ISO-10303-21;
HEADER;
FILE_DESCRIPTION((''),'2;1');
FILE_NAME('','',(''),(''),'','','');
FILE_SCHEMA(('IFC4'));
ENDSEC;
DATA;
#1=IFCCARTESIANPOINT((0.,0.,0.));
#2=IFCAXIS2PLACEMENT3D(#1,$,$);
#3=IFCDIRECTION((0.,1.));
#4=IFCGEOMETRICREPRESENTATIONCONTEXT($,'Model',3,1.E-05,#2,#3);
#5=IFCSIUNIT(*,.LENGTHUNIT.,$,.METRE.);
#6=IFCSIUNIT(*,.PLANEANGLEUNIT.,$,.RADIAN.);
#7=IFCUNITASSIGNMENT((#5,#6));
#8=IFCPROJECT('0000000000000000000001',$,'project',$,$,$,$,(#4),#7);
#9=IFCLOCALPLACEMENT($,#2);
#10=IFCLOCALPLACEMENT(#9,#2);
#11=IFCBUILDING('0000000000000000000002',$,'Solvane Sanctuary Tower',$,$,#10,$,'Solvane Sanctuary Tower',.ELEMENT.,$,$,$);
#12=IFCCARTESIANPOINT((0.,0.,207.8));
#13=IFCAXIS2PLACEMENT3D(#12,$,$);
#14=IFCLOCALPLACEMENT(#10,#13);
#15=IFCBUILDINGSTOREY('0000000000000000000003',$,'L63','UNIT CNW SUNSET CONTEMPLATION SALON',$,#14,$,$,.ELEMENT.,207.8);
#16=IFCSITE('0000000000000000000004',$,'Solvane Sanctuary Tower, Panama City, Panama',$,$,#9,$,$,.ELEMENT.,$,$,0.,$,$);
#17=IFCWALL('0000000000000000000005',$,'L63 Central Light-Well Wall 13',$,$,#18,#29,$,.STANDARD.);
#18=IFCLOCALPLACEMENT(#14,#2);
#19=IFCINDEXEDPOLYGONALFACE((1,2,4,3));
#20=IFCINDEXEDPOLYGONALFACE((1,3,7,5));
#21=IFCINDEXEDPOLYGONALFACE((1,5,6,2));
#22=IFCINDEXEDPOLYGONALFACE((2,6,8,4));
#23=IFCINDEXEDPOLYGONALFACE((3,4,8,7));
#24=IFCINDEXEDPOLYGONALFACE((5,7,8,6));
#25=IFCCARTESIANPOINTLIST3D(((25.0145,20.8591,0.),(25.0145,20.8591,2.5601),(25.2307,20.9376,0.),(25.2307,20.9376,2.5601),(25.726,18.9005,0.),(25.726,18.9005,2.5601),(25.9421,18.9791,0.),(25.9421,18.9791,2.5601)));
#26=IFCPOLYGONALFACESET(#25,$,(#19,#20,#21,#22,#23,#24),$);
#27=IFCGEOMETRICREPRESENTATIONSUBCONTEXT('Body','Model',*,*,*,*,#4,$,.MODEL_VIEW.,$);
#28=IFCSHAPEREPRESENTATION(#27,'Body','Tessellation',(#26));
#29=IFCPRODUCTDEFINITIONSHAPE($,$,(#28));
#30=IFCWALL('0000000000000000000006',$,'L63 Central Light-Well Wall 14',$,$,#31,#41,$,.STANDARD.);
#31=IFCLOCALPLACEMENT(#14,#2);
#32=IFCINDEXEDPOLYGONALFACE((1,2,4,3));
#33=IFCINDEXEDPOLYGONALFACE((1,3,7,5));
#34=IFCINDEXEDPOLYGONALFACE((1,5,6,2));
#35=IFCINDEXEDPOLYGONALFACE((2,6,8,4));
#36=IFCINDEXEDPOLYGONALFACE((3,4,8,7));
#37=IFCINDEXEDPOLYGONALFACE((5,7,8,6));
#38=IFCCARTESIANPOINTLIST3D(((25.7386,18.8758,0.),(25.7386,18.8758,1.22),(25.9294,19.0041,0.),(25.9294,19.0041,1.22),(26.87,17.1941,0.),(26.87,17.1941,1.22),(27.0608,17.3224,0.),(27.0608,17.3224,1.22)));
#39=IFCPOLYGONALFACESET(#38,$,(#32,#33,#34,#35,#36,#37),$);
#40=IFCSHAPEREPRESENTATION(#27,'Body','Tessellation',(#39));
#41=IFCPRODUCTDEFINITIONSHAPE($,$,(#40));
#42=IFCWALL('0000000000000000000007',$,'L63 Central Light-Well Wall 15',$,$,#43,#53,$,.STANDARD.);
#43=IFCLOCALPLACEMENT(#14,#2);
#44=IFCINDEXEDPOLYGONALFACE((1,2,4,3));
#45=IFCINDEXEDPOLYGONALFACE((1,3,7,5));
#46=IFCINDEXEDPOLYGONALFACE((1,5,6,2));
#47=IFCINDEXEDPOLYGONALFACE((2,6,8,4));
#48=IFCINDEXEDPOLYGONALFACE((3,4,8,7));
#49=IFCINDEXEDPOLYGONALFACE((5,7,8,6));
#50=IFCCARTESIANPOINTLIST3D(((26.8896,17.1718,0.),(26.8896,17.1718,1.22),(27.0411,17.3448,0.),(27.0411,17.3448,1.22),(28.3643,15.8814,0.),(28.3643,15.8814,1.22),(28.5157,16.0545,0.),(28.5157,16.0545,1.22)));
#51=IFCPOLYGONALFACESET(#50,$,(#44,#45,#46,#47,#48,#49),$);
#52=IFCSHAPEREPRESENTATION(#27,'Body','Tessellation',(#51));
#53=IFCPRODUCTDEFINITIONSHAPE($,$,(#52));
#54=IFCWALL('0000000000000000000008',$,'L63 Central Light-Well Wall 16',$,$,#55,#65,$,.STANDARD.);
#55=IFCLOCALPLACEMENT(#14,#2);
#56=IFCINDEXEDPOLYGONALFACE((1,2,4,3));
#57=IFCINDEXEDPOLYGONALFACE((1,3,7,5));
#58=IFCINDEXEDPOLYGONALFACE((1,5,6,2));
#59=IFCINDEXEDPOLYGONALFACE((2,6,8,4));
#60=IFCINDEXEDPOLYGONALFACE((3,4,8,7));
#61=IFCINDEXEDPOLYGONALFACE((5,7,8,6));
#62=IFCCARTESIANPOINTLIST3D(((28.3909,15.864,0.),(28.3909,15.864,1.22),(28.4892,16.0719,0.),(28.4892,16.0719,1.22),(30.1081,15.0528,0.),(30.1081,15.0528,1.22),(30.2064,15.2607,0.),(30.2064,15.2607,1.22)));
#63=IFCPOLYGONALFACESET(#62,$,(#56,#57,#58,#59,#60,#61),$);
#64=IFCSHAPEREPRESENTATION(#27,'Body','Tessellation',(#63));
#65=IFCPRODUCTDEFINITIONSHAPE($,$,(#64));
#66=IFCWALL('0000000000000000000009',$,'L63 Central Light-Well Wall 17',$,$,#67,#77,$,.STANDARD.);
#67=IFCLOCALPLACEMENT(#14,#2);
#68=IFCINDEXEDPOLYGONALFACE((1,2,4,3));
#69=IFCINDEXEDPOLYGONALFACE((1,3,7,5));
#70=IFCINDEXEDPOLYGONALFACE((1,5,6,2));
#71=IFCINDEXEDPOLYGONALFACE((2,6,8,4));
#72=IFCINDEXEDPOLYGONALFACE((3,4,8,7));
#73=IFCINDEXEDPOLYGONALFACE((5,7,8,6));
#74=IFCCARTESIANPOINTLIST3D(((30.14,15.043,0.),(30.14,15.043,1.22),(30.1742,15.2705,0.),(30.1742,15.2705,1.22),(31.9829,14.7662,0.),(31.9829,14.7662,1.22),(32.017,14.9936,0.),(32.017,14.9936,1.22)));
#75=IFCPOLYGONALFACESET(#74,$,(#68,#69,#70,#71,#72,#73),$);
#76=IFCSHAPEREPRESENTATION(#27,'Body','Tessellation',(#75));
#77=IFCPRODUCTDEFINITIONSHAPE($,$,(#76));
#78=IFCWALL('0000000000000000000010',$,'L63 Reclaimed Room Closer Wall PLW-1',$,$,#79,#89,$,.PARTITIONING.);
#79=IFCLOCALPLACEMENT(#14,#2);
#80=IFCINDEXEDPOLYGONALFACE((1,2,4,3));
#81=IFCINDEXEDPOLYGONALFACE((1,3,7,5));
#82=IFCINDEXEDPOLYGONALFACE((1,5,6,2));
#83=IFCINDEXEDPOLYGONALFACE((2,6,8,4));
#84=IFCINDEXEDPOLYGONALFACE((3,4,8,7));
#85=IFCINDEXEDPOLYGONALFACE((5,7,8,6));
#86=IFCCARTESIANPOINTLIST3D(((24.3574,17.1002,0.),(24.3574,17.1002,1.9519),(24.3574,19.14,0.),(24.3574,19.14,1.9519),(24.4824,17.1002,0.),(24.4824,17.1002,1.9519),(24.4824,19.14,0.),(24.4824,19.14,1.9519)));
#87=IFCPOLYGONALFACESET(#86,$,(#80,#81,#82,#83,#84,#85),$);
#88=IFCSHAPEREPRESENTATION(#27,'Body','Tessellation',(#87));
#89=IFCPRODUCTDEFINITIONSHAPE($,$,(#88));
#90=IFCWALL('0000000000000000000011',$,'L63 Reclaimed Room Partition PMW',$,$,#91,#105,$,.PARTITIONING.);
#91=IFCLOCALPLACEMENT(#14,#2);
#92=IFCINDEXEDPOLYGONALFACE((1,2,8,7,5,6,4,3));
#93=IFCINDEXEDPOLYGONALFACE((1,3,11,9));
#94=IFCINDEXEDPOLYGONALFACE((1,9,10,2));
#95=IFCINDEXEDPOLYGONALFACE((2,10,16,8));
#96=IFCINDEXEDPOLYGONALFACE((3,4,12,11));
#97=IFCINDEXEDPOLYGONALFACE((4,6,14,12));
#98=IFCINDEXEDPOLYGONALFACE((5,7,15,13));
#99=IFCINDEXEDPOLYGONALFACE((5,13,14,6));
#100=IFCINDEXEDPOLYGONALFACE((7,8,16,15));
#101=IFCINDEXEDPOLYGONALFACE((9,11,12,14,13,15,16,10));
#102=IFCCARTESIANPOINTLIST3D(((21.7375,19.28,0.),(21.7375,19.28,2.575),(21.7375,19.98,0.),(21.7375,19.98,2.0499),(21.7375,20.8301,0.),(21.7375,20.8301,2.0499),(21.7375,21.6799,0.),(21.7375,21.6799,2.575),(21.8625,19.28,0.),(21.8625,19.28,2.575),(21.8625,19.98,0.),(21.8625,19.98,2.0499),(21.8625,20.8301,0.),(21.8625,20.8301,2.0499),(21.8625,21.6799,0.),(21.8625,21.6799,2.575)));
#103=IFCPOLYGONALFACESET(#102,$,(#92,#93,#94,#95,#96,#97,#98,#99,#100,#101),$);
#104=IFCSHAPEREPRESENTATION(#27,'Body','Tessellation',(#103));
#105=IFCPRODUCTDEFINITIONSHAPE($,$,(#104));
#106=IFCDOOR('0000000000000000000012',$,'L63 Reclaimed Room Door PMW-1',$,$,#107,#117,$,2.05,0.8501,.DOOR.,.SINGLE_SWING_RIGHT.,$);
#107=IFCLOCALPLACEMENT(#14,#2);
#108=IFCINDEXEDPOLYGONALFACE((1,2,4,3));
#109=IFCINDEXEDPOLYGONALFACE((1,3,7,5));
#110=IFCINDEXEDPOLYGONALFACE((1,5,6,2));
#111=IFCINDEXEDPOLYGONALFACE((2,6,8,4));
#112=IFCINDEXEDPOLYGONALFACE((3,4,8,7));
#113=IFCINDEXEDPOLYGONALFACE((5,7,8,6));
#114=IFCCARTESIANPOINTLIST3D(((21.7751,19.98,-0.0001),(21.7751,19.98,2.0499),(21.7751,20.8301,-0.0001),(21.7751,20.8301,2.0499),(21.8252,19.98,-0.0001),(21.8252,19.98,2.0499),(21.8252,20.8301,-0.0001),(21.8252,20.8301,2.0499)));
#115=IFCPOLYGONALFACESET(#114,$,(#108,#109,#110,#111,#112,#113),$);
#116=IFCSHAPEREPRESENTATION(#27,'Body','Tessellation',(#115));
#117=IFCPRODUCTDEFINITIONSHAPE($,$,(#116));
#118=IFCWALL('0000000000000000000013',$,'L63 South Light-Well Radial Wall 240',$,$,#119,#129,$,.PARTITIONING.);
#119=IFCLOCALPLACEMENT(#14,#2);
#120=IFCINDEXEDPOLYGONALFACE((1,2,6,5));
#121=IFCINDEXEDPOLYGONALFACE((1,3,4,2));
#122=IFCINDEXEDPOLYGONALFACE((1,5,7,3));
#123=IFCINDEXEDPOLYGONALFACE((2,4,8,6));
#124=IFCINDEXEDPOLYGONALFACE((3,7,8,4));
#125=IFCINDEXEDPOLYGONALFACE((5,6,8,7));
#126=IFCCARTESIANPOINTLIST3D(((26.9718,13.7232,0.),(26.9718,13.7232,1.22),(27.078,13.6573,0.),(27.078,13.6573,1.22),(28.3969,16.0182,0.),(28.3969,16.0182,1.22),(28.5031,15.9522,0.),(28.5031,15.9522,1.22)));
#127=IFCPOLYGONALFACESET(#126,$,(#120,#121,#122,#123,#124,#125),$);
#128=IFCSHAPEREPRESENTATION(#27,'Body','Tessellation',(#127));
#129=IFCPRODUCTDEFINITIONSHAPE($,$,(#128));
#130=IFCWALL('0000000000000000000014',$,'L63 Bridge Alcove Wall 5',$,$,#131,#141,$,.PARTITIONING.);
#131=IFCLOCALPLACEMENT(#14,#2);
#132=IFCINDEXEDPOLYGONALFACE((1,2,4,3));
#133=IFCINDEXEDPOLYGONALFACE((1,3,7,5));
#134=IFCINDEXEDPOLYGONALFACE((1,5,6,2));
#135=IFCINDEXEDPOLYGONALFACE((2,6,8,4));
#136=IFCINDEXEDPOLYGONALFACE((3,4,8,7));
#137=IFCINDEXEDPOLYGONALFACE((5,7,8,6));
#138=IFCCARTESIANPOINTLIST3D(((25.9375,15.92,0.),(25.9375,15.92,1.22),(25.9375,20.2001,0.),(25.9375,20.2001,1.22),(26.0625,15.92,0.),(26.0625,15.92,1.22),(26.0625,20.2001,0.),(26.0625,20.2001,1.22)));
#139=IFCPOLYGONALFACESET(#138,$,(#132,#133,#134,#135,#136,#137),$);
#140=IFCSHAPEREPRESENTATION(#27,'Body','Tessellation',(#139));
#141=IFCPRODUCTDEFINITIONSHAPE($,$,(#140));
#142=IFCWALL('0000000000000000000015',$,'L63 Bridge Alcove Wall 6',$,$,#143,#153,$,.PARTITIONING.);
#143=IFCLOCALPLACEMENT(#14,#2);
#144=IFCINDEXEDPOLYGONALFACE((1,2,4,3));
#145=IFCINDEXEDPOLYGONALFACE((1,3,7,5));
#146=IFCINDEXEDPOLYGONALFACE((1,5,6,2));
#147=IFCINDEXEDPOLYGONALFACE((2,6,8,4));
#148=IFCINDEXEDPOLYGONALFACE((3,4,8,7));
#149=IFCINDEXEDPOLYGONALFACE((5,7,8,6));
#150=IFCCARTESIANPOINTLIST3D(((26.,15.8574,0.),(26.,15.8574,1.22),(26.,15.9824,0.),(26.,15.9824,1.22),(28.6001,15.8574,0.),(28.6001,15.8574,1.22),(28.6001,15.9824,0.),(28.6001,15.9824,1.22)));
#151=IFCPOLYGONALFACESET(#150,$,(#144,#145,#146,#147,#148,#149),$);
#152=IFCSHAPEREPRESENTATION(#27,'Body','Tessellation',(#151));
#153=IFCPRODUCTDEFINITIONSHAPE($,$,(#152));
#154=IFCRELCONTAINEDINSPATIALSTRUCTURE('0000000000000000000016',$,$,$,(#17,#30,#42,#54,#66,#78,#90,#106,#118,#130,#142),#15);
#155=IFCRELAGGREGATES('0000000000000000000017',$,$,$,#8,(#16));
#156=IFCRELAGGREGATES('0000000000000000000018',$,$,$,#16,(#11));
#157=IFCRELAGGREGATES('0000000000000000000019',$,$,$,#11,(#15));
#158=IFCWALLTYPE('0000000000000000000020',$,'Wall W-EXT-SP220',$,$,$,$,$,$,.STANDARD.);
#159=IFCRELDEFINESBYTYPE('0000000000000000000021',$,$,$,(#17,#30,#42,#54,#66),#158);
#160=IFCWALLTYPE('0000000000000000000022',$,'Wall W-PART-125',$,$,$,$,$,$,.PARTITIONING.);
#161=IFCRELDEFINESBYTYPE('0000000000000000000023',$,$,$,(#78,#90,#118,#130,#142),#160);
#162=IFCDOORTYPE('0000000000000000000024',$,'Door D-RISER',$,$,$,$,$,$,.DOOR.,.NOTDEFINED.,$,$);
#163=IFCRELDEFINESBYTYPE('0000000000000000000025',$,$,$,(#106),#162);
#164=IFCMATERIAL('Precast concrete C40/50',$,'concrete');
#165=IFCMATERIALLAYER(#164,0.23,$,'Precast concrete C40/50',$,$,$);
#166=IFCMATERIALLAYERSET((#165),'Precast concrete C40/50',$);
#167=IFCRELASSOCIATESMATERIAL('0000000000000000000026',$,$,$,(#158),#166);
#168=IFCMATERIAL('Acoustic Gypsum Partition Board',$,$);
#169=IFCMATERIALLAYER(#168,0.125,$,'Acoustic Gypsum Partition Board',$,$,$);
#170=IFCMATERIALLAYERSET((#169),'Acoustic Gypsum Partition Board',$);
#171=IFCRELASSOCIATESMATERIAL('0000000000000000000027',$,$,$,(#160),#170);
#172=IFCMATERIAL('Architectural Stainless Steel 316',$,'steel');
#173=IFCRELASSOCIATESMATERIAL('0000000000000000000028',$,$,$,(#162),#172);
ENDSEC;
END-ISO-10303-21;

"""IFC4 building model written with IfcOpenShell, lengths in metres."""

from ifc_helpers import new_model, si_unit, direction, frame, frame_2d, origin, place, context, subcontext, project, spatial, rectangle, extrude, material, layer, layer_set, type_object, element, fill, save


model = new_model("IFC4")

# Units and contexts
model_context = context("Model", 3, precision=1e-05, world=origin(), true_north=direction((0.0, 1.0)))
body_context = subcontext(model_context, "Body", "Model", "MODEL_VIEW")
ifc_project = project(units=[si_unit("LENGTHUNIT", "METRE"), si_unit("PLANEANGLEUNIT", "RADIAN")], contexts=[model_context])

# Site, building, storey
site_placement = place(None, origin())
site = spatial("IfcSite", under=ifc_project, at=site_placement, Name="Solvane Sanctuary Tower, Panama City, Panama", CompositionType="ELEMENT", RefElevation=0.0)
building_placement = place(site_placement, origin())
building = spatial("IfcBuilding", under=site, at=building_placement, Name="Solvane Sanctuary Tower", LongName="Solvane Sanctuary Tower", CompositionType="ELEMENT")
storey_placement = place(building_placement, frame((0.0, 0.0, 207.8)))
storey = spatial("IfcBuildingStorey", under=building, at=storey_placement, Name="L63", Description="UNIT CNW SUNSET CONTEMPLATION SALON", CompositionType="ELEMENT", Elevation=207.8)

# Walls
ifc_material_1 = material(Name="Precast concrete C40/50", Category="concrete")
ifc_layer_1 = layer(ifc_material_1, 0.23, Name="Precast concrete C40/50")
ifc_layer_set_1 = layer_set([ifc_layer_1], Name="Precast concrete C40/50")
wall_type_1 = type_object("IfcWallType", Name="Wall W-EXT-SP220", PredefinedType="STANDARD", material=ifc_layer_set_1)
wall_1_placement = place(storey_placement, frame((25.1226, 20.8984, 0.0), z_axis=(0.0, 0.0, 1.0), x_axis=(0.341423, -0.93991, 0.0)))
element("IfcWall", 1, at=wall_1_placement, inside=storey, type_object=wall_type_1, Name="L63 Central Light-Well Wall 13", PredefinedType="STANDARD", context=body_context, shape_type="SweptSolid", body=[
    extrude(rectangle(XDim=2.0837, YDim=0.23, at=frame_2d((1.042, 0.0))), origin(), (0.0, 0.0, 1.0), 2.5601),
])
wall_2_placement = place(storey_placement, frame((25.834, 18.9399, 0.0), z_axis=(0.0, 0.0, 1.0), x_axis=(0.558198, -0.829708, 0.0)))
element("IfcWall", 2, at=wall_2_placement, inside=storey, type_object=wall_type_1, Name="L63 Central Light-Well Wall 14", PredefinedType="STANDARD", context=body_context, shape_type="SweptSolid", body=[
    extrude(rectangle(XDim=2.0269, YDim=0.23, at=frame_2d((1.0134, 0.0))), origin(), (0.0, 0.0, 1.0), 1.22),
])
wall_3_placement = place(storey_placement, frame((26.9653, 17.2583, 0.0), z_axis=(0.0, 0.0, 1.0), x_axis=(0.752577, -0.658505, 0.0)))
element("IfcWall", 3, at=wall_3_placement, inside=storey, type_object=wall_type_1, Name="L63 Central Light-Well Wall 15", PredefinedType="STANDARD", context=body_context, shape_type="SweptSolid", body=[
    extrude(rectangle(XDim=1.9595, YDim=0.23, at=frame_2d((0.9797, 0.0))), origin(), (0.0, 0.0, 1.0), 1.22),
])
wall_4_placement = place(storey_placement, frame((28.4399, 15.968, 0.0), z_axis=(0.0, 0.0, 1.0), x_axis=(0.90418, -0.427152, 0.0)))
element("IfcWall", 4, at=wall_4_placement, inside=storey, type_object=wall_type_1, Name="L63 Central Light-Well Wall 16", PredefinedType="STANDARD", context=body_context, shape_type="SweptSolid", body=[
    extrude(rectangle(XDim=1.8992, YDim=0.23, at=frame_2d((0.9497, 0.0))), origin(), (0.0, 0.0, 1.0), 1.22),
])
wall_5_placement = place(storey_placement, frame((30.1572, 15.1567, 0.0), z_axis=(0.0, 0.0, 1.0), x_axis=(0.988902, -0.148571, 0.0)))
element("IfcWall", 5, at=wall_5_placement, inside=storey, type_object=wall_type_1, Name="L63 Central Light-Well Wall 17", PredefinedType="STANDARD", context=body_context, shape_type="SweptSolid", body=[
    extrude(rectangle(XDim=1.8635, YDim=0.23, at=frame_2d((0.9316, 0.0))), origin(), (0.0, 0.0, 1.0), 1.22),
])
ifc_material_2 = material(Name="Acoustic Gypsum Partition Board")
ifc_layer_2 = layer(ifc_material_2, 0.125, Name="Acoustic Gypsum Partition Board")
ifc_layer_set_2 = layer_set([ifc_layer_2], Name="Acoustic Gypsum Partition Board")
wall_type_2 = type_object("IfcWallType", Name="Wall W-PART-125", PredefinedType="PARTITIONING", material=ifc_layer_set_2)
wall_6_placement = place(storey_placement, frame((24.4199, 17.1001, 0.0), z_axis=(0.0, 0.0, 1.0), x_axis=(0.0, 1.0, 0.0)))
element("IfcWall", 6, at=wall_6_placement, inside=storey, type_object=wall_type_2, Name="L63 Reclaimed Room Closer Wall PLW-1", PredefinedType="PARTITIONING", context=body_context, shape_type="SweptSolid", body=[
    extrude(rectangle(XDim=2.0398, YDim=0.125, at=frame_2d((1.02, 0.0))), origin(), (0.0, 0.0, 1.0), 1.9519),
])

# Wall, opening, door
wall_7_placement = place(storey_placement, frame((21.8, 19.28, 0.0), z_axis=(0.0, 0.0, 1.0), x_axis=(0.0, 1.0, 0.0)))
wall_7 = element("IfcWall", 7, at=wall_7_placement, inside=storey, type_object=wall_type_2, Name="L63 Reclaimed Room Partition PMW", PredefinedType="PARTITIONING", context=body_context, shape_type="SweptSolid", body=[
    extrude(rectangle(XDim=2.3999, YDim=0.125, at=frame_2d((1.2, 0.0))), origin(), (0.0, 0.0, 1.0), 2.575),
])
opening_placement = place(wall_7_placement, frame((0.7, 0.0, 0.0)))
opening = element("IfcOpeningElement", 8, at=opening_placement, cuts=wall_7, PredefinedType="OPENING", context=body_context, shape_type="SweptSolid", body=[
    extrude(rectangle(XDim=0.8501, YDim=2.05, at=frame_2d((0.425, 1.0249))), frame((0.0, 0.0725, 0.0), z_axis=(0.0, -1.0, 0.0), x_axis=(1.0, 0.0, 0.0)), (0.0, 0.0, 1.0), 0.145),
])
ifc_material_3 = material(Name="Architectural Stainless Steel 316", Category="steel")
door_type = type_object("IfcDoorType", Name="Door D-RISER", OperationType="NOTDEFINED", PredefinedType="DOOR", material=ifc_material_3)
door_placement = place(opening_placement, origin())
door = element("IfcDoor", 9, at=door_placement, inside=storey, type_object=door_type, Name="L63 Reclaimed Room Door PMW-1", OperationType="SINGLE_SWING_RIGHT", OverallHeight=2.05, OverallWidth=0.8501, PredefinedType="DOOR", context=body_context, shape_type="SweptSolid", body=[
    extrude(rectangle(XDim=0.8501, YDim=2.05, at=frame_2d((0.425, 1.0249))), frame((0.0, 0.0249, 0.0), z_axis=(0.0, -1.0, 0.0), x_axis=(1.0, 0.0, 0.0)), (0.0, 0.0, 1.0), 0.05),
])
fill(opening, door)

# Walls
wall_8_placement = place(storey_placement, frame((28.45, 15.9851, 0.0), z_axis=(0.0, 0.0, 1.0), x_axis=(-0.527527, -0.849538, 0.0)))
element("IfcWall", 10, at=wall_8_placement, inside=storey, type_object=wall_type_2, Name="L63 South Light-Well Radial Wall 240", PredefinedType="PARTITIONING", context=body_context, shape_type="SweptSolid", body=[
    extrude(rectangle(XDim=2.7014, YDim=0.125, at=frame_2d((1.3506, 0.0))), origin(), (0.0, 0.0, 1.0), 1.22),
])
wall_9_placement = place(storey_placement, frame((26.0, 15.9199, 0.0), z_axis=(0.0, 0.0, 1.0), x_axis=(0.0, 1.0, 0.0)))
element("IfcWall", 11, at=wall_9_placement, inside=storey, type_object=wall_type_2, Name="L63 Bridge Alcove Wall 5", PredefinedType="PARTITIONING", context=body_context, shape_type="SweptSolid", body=[
    extrude(rectangle(XDim=4.28, YDim=0.125, at=frame_2d((2.1401, 0.0))), origin(), (0.0, 0.0, 1.0), 1.22),
])
wall_10_placement = place(storey_placement, frame((26.0, 15.9199, 0.0), z_axis=(0.0, 0.0, 1.0), x_axis=(1.0, 0.0, 0.0)))
element("IfcWall", 12, at=wall_10_placement, inside=storey, type_object=wall_type_2, Name="L63 Bridge Alcove Wall 6", PredefinedType="PARTITIONING", context=body_context, shape_type="SweptSolid", body=[
    extrude(rectangle(XDim=2.6001, YDim=0.125, at=frame_2d((1.3, 0.0))), origin(), (0.0, 0.0, 1.0), 1.22),
])

save(model, "model.ifc")
